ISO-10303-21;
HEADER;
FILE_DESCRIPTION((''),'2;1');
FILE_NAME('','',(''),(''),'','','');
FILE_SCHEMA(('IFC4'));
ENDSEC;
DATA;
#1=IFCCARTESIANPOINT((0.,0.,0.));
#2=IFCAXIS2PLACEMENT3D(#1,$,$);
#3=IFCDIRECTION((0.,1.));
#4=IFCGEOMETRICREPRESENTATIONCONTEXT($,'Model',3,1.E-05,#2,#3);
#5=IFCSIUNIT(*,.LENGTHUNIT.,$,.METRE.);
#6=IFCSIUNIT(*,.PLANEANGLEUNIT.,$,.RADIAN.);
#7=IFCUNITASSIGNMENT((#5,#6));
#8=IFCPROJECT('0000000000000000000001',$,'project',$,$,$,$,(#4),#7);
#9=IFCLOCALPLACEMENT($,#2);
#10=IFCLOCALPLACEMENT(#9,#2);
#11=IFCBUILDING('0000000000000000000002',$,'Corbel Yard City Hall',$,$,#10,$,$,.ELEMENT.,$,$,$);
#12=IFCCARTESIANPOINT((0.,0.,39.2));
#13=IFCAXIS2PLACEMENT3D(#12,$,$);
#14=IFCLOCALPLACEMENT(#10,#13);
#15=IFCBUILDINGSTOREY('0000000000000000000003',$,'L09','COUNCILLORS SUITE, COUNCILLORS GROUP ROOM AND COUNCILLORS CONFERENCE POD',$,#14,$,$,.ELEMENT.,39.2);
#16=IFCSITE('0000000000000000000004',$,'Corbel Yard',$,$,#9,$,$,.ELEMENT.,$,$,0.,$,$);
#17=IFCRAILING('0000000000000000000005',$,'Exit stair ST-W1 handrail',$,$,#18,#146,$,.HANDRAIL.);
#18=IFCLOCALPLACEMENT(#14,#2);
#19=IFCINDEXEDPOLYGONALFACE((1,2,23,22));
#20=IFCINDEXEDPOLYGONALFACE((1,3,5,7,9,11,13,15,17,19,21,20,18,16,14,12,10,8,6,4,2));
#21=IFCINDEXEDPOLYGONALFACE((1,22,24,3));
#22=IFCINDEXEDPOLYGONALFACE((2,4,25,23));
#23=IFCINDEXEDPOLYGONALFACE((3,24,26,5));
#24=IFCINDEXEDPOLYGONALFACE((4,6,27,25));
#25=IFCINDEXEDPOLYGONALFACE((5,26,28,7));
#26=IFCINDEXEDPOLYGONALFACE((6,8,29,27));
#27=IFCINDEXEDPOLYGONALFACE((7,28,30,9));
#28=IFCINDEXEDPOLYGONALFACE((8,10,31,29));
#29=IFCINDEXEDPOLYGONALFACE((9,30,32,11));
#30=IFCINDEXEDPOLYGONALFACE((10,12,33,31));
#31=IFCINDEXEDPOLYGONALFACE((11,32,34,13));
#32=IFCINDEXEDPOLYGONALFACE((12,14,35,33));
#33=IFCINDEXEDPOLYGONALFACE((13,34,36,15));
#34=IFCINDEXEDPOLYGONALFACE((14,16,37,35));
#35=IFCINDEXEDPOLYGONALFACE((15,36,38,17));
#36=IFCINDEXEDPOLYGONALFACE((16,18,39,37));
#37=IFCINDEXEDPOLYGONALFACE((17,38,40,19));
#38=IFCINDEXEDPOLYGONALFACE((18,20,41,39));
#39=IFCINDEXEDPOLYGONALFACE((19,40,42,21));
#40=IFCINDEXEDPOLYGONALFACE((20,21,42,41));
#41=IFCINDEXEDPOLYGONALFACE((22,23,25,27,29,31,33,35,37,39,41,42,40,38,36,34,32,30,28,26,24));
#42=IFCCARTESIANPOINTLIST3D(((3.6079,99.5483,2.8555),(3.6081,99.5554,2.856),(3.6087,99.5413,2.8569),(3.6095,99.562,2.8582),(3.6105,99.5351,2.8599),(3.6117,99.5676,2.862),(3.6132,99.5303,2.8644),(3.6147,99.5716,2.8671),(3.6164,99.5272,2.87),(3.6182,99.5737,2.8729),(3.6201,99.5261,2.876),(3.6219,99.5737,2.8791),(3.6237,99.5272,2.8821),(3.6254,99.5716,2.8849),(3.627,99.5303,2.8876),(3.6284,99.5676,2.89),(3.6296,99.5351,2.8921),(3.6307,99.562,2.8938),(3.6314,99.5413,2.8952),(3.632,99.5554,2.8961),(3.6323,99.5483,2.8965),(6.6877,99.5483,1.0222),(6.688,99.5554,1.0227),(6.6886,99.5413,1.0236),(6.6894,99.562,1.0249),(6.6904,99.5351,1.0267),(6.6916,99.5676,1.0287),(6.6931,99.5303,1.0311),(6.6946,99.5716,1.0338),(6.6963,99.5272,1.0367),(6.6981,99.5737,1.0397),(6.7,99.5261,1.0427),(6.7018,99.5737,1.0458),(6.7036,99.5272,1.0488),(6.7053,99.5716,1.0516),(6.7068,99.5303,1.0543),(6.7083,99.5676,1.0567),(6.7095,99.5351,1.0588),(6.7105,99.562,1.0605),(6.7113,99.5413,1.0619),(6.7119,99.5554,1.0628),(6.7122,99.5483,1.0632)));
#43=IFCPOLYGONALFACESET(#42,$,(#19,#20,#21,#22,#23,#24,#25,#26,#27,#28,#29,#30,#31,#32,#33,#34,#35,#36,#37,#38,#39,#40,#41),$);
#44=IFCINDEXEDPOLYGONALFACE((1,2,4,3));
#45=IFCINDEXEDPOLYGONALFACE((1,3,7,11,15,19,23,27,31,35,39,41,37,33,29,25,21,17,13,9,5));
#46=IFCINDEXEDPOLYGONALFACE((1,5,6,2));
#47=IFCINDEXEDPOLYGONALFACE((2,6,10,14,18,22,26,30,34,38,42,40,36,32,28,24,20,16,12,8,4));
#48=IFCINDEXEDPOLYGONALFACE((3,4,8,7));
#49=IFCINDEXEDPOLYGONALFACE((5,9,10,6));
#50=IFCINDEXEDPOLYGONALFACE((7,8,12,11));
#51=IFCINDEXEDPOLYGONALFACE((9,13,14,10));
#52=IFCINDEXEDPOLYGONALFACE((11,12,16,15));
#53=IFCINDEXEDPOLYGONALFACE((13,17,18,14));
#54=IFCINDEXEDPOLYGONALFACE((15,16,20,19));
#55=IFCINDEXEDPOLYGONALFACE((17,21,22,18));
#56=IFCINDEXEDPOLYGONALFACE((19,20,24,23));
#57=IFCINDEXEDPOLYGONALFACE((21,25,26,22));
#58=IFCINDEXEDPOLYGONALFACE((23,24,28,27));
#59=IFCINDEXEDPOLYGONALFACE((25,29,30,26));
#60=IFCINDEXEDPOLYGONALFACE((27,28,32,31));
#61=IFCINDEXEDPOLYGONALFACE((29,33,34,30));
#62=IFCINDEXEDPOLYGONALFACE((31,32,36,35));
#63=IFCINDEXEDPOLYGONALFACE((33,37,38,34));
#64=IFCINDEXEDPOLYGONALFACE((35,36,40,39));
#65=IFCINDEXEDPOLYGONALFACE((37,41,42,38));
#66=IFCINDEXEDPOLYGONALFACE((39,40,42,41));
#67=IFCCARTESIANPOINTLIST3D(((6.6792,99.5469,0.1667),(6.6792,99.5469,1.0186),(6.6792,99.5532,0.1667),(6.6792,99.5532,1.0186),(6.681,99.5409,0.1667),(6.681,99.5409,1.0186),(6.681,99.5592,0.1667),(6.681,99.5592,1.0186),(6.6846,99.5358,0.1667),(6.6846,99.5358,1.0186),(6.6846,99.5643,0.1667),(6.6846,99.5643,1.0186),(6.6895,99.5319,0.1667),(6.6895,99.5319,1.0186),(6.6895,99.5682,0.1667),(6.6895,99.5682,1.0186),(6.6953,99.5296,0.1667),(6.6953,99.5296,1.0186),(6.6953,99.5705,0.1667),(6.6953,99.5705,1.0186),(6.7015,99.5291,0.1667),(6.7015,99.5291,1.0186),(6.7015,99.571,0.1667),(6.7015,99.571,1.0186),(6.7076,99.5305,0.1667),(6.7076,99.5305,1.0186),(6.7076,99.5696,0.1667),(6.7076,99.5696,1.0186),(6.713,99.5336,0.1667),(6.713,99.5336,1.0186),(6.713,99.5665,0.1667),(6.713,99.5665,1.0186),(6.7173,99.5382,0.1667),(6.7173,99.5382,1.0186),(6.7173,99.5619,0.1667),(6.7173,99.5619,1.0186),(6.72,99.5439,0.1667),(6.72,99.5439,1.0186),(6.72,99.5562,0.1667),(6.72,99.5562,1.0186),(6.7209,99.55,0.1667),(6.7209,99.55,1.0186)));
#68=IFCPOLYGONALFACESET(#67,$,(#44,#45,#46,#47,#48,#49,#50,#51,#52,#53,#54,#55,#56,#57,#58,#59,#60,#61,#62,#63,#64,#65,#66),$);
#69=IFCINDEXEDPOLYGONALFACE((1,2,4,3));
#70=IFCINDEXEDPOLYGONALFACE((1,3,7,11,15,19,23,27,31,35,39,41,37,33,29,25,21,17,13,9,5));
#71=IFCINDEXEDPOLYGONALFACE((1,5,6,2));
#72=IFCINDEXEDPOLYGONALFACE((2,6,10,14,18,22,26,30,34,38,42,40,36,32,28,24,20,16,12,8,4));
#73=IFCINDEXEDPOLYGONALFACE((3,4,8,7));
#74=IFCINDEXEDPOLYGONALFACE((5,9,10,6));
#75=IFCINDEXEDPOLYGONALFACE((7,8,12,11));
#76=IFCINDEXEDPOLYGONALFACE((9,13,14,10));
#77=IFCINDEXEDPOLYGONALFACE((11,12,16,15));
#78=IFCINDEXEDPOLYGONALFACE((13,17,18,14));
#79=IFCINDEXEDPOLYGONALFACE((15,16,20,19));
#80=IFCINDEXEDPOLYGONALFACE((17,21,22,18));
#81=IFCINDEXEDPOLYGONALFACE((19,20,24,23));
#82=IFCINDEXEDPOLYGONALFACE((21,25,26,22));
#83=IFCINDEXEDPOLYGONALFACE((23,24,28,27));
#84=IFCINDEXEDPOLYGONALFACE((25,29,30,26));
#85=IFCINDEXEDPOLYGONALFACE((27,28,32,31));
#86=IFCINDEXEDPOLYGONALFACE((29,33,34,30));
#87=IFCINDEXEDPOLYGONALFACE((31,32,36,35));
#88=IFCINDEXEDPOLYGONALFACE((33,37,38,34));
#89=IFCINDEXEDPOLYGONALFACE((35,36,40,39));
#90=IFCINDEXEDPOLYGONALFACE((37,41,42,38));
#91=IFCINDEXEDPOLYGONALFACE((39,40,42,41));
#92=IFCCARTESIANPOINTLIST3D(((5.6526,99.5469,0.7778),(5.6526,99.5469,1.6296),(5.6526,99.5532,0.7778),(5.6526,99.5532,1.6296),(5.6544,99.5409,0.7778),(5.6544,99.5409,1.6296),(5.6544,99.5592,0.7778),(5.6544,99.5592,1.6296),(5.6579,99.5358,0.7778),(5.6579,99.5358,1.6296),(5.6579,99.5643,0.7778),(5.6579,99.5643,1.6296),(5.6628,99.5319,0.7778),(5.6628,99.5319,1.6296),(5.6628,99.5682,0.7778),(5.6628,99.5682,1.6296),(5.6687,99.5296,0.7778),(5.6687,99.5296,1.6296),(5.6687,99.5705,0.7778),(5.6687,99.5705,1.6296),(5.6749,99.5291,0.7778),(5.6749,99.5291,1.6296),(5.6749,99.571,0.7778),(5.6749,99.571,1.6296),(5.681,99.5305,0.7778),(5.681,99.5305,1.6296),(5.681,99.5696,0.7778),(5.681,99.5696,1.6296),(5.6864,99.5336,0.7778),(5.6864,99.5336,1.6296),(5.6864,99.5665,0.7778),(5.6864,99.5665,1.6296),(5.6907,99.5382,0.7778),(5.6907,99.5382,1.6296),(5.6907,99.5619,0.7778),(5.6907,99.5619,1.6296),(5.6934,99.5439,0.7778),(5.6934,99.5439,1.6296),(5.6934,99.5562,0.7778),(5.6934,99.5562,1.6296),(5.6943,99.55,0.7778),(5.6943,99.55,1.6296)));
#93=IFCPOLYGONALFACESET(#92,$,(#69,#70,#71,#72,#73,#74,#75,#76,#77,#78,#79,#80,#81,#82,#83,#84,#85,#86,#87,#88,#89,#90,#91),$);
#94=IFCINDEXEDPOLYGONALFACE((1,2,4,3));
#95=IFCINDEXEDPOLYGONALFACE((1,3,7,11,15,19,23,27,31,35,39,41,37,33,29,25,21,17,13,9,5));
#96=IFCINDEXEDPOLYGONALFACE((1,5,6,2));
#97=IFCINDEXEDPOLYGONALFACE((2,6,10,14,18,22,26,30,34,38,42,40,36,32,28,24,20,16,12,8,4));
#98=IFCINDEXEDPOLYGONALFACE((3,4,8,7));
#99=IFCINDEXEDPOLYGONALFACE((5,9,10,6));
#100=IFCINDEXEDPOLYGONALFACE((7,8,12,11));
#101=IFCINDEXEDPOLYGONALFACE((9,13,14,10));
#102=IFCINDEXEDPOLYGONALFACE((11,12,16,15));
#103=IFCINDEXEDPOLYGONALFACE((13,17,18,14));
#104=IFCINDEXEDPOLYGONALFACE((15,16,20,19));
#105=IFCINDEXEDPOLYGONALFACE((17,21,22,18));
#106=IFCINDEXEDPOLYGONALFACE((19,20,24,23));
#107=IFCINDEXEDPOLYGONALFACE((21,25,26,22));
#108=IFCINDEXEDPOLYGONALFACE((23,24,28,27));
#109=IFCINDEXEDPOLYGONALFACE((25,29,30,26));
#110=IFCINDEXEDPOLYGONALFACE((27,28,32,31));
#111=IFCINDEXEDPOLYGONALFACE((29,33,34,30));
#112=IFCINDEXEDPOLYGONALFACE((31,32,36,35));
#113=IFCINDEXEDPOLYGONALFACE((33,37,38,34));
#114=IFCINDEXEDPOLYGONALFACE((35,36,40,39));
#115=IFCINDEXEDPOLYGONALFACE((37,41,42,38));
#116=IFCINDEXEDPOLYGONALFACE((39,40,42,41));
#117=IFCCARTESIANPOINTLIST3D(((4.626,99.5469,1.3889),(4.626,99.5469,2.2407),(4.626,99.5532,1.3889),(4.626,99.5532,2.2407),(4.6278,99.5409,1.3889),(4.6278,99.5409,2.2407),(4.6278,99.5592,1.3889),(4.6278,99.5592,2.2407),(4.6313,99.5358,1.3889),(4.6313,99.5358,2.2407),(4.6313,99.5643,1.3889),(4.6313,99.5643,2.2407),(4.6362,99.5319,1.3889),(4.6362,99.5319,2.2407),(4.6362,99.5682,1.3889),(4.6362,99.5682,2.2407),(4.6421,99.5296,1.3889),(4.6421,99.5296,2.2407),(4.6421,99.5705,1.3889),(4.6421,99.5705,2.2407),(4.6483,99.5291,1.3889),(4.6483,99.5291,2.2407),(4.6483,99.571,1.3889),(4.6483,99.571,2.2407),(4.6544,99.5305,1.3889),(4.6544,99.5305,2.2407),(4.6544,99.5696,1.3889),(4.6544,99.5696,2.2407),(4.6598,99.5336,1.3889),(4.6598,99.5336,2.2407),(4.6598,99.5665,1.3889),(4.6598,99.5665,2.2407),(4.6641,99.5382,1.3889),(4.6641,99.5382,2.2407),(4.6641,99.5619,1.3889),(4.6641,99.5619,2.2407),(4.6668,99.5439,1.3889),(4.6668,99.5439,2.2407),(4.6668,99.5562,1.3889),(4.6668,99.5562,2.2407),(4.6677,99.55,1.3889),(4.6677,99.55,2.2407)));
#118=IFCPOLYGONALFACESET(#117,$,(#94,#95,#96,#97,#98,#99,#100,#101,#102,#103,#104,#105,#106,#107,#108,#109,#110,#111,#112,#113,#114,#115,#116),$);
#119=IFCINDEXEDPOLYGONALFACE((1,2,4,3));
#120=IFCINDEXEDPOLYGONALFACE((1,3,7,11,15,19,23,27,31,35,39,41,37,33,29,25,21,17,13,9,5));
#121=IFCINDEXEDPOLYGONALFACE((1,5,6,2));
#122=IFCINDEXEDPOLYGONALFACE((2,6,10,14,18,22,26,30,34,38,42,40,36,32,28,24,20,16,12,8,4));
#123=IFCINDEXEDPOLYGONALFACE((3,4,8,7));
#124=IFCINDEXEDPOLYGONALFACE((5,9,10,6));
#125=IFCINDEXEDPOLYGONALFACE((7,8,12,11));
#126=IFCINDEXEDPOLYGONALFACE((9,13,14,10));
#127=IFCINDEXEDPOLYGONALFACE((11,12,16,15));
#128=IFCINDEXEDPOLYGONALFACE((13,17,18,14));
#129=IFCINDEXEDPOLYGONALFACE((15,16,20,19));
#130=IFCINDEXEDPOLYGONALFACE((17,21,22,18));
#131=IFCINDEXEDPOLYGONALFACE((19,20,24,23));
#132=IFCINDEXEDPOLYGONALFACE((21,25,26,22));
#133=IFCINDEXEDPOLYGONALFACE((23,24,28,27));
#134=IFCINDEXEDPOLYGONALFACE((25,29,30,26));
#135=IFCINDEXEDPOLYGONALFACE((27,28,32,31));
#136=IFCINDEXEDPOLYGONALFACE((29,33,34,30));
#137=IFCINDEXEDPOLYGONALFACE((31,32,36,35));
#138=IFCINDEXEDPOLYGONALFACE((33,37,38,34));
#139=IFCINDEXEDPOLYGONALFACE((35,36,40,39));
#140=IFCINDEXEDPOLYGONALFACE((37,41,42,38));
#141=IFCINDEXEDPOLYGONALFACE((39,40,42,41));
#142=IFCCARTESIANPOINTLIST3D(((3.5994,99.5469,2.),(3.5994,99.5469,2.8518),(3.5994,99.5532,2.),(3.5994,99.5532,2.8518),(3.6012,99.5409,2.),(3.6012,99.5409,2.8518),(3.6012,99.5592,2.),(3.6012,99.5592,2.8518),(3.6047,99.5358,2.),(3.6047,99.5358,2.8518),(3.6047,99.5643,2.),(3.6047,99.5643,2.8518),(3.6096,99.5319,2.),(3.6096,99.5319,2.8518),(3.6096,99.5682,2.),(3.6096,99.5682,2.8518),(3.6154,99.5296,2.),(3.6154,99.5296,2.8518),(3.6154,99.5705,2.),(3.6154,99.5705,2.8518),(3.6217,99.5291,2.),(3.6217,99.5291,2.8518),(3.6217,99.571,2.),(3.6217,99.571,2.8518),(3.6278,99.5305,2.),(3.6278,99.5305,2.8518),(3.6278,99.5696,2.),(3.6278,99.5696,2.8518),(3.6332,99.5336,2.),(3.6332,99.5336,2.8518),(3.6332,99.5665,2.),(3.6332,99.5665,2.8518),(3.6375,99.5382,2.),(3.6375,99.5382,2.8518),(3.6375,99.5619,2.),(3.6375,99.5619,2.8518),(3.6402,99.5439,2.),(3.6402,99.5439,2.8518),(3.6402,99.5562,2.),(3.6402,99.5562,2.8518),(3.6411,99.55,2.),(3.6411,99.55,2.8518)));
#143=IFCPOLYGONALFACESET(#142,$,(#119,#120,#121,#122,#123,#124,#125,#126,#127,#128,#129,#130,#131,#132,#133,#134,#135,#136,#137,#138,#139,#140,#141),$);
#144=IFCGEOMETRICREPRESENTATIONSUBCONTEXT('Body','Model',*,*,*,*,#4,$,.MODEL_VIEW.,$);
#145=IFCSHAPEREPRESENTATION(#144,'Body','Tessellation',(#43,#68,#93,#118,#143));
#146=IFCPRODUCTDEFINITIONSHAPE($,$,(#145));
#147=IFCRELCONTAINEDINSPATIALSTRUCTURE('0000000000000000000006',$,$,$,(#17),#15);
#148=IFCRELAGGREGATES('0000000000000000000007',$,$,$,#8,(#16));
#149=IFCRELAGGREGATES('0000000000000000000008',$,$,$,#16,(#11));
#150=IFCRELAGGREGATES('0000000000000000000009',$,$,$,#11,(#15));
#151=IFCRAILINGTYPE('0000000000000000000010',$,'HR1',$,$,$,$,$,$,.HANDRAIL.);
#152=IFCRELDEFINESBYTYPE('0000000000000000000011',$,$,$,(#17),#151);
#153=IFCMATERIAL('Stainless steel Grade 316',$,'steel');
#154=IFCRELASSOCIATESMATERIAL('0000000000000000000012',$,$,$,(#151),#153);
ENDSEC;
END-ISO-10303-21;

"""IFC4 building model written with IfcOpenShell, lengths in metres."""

from ifc_helpers import new_model, si_unit, direction, frame, origin, origin_2d, place, context, subcontext, project, spatial, circle, extrude, material, type_object, element, save


model = new_model("IFC4")

# Units and contexts
model_context = context("Model", 3, precision=1e-05, world=origin(), true_north=direction((0.0, 1.0)))
body_context = subcontext(model_context, "Body", "Model", "MODEL_VIEW")
ifc_project = project(units=[si_unit("LENGTHUNIT", "METRE"), si_unit("PLANEANGLEUNIT", "RADIAN")], contexts=[model_context])

# Site, building, storey
site_placement = place(None, origin())
site = spatial("IfcSite", under=ifc_project, at=site_placement, Name="Corbel Yard", CompositionType="ELEMENT", RefElevation=0.0)
building_placement = place(site_placement, origin())
building = spatial("IfcBuilding", under=site, at=building_placement, Name="Corbel Yard City Hall", CompositionType="ELEMENT")
storey_placement = place(building_placement, frame((0.0, 0.0, 39.2)))
storey = spatial("IfcBuildingStorey", under=building, at=storey_placement, Name="L09", Description="COUNCILLORS SUITE, COUNCILLORS GROUP ROOM AND COUNCILLORS CONFERENCE POD", CompositionType="ELEMENT", Elevation=39.2)

# Shared definitions
ifc_material_1 = material(Name="Stainless steel Grade 316", Category="steel")

# Railing
railing_type = type_object("IfcRailingType", Name="HR1", PredefinedType="HANDRAIL", material=ifc_material_1)
for number, where, name in (
    (1, (6.7, 99.55, 0.1667), "Exit stair ST-W1 handrail"),
):
    element("IfcRailing", number, at=place(storey_placement, frame(where)), inside=storey, type_object=railing_type, Name=name, PredefinedType="HANDRAIL", context=body_context, shape_type="SweptSolid", body=[
        extrude(circle(Radius=0.0239, at=origin_2d()), frame((0.0, 0.0, 0.876), z_axis=(-0.859291, 0.0, 0.511487), x_axis=(0.0, -1.0, 0.0)), (0.0, 0.0, 1.0), 3.5842),
        extrude(circle(Radius=0.021, at=origin_2d()), origin(), (0.0, 0.0, 1.0), 0.8518),
        extrude(circle(Radius=0.021, at=origin_2d()), frame((-1.0266, 0.0, 0.6111)), (0.0, 0.0, 1.0), 0.8518),
        extrude(circle(Radius=0.021, at=origin_2d()), frame((-2.0532, 0.0, 1.2222)), (0.0, 0.0, 1.0), 0.8518),
        extrude(circle(Radius=0.021, at=origin_2d()), frame((-3.0798, 0.0, 1.8333)), (0.0, 0.0, 1.0), 0.8518),
    ])

save(model, "model.ifc")
